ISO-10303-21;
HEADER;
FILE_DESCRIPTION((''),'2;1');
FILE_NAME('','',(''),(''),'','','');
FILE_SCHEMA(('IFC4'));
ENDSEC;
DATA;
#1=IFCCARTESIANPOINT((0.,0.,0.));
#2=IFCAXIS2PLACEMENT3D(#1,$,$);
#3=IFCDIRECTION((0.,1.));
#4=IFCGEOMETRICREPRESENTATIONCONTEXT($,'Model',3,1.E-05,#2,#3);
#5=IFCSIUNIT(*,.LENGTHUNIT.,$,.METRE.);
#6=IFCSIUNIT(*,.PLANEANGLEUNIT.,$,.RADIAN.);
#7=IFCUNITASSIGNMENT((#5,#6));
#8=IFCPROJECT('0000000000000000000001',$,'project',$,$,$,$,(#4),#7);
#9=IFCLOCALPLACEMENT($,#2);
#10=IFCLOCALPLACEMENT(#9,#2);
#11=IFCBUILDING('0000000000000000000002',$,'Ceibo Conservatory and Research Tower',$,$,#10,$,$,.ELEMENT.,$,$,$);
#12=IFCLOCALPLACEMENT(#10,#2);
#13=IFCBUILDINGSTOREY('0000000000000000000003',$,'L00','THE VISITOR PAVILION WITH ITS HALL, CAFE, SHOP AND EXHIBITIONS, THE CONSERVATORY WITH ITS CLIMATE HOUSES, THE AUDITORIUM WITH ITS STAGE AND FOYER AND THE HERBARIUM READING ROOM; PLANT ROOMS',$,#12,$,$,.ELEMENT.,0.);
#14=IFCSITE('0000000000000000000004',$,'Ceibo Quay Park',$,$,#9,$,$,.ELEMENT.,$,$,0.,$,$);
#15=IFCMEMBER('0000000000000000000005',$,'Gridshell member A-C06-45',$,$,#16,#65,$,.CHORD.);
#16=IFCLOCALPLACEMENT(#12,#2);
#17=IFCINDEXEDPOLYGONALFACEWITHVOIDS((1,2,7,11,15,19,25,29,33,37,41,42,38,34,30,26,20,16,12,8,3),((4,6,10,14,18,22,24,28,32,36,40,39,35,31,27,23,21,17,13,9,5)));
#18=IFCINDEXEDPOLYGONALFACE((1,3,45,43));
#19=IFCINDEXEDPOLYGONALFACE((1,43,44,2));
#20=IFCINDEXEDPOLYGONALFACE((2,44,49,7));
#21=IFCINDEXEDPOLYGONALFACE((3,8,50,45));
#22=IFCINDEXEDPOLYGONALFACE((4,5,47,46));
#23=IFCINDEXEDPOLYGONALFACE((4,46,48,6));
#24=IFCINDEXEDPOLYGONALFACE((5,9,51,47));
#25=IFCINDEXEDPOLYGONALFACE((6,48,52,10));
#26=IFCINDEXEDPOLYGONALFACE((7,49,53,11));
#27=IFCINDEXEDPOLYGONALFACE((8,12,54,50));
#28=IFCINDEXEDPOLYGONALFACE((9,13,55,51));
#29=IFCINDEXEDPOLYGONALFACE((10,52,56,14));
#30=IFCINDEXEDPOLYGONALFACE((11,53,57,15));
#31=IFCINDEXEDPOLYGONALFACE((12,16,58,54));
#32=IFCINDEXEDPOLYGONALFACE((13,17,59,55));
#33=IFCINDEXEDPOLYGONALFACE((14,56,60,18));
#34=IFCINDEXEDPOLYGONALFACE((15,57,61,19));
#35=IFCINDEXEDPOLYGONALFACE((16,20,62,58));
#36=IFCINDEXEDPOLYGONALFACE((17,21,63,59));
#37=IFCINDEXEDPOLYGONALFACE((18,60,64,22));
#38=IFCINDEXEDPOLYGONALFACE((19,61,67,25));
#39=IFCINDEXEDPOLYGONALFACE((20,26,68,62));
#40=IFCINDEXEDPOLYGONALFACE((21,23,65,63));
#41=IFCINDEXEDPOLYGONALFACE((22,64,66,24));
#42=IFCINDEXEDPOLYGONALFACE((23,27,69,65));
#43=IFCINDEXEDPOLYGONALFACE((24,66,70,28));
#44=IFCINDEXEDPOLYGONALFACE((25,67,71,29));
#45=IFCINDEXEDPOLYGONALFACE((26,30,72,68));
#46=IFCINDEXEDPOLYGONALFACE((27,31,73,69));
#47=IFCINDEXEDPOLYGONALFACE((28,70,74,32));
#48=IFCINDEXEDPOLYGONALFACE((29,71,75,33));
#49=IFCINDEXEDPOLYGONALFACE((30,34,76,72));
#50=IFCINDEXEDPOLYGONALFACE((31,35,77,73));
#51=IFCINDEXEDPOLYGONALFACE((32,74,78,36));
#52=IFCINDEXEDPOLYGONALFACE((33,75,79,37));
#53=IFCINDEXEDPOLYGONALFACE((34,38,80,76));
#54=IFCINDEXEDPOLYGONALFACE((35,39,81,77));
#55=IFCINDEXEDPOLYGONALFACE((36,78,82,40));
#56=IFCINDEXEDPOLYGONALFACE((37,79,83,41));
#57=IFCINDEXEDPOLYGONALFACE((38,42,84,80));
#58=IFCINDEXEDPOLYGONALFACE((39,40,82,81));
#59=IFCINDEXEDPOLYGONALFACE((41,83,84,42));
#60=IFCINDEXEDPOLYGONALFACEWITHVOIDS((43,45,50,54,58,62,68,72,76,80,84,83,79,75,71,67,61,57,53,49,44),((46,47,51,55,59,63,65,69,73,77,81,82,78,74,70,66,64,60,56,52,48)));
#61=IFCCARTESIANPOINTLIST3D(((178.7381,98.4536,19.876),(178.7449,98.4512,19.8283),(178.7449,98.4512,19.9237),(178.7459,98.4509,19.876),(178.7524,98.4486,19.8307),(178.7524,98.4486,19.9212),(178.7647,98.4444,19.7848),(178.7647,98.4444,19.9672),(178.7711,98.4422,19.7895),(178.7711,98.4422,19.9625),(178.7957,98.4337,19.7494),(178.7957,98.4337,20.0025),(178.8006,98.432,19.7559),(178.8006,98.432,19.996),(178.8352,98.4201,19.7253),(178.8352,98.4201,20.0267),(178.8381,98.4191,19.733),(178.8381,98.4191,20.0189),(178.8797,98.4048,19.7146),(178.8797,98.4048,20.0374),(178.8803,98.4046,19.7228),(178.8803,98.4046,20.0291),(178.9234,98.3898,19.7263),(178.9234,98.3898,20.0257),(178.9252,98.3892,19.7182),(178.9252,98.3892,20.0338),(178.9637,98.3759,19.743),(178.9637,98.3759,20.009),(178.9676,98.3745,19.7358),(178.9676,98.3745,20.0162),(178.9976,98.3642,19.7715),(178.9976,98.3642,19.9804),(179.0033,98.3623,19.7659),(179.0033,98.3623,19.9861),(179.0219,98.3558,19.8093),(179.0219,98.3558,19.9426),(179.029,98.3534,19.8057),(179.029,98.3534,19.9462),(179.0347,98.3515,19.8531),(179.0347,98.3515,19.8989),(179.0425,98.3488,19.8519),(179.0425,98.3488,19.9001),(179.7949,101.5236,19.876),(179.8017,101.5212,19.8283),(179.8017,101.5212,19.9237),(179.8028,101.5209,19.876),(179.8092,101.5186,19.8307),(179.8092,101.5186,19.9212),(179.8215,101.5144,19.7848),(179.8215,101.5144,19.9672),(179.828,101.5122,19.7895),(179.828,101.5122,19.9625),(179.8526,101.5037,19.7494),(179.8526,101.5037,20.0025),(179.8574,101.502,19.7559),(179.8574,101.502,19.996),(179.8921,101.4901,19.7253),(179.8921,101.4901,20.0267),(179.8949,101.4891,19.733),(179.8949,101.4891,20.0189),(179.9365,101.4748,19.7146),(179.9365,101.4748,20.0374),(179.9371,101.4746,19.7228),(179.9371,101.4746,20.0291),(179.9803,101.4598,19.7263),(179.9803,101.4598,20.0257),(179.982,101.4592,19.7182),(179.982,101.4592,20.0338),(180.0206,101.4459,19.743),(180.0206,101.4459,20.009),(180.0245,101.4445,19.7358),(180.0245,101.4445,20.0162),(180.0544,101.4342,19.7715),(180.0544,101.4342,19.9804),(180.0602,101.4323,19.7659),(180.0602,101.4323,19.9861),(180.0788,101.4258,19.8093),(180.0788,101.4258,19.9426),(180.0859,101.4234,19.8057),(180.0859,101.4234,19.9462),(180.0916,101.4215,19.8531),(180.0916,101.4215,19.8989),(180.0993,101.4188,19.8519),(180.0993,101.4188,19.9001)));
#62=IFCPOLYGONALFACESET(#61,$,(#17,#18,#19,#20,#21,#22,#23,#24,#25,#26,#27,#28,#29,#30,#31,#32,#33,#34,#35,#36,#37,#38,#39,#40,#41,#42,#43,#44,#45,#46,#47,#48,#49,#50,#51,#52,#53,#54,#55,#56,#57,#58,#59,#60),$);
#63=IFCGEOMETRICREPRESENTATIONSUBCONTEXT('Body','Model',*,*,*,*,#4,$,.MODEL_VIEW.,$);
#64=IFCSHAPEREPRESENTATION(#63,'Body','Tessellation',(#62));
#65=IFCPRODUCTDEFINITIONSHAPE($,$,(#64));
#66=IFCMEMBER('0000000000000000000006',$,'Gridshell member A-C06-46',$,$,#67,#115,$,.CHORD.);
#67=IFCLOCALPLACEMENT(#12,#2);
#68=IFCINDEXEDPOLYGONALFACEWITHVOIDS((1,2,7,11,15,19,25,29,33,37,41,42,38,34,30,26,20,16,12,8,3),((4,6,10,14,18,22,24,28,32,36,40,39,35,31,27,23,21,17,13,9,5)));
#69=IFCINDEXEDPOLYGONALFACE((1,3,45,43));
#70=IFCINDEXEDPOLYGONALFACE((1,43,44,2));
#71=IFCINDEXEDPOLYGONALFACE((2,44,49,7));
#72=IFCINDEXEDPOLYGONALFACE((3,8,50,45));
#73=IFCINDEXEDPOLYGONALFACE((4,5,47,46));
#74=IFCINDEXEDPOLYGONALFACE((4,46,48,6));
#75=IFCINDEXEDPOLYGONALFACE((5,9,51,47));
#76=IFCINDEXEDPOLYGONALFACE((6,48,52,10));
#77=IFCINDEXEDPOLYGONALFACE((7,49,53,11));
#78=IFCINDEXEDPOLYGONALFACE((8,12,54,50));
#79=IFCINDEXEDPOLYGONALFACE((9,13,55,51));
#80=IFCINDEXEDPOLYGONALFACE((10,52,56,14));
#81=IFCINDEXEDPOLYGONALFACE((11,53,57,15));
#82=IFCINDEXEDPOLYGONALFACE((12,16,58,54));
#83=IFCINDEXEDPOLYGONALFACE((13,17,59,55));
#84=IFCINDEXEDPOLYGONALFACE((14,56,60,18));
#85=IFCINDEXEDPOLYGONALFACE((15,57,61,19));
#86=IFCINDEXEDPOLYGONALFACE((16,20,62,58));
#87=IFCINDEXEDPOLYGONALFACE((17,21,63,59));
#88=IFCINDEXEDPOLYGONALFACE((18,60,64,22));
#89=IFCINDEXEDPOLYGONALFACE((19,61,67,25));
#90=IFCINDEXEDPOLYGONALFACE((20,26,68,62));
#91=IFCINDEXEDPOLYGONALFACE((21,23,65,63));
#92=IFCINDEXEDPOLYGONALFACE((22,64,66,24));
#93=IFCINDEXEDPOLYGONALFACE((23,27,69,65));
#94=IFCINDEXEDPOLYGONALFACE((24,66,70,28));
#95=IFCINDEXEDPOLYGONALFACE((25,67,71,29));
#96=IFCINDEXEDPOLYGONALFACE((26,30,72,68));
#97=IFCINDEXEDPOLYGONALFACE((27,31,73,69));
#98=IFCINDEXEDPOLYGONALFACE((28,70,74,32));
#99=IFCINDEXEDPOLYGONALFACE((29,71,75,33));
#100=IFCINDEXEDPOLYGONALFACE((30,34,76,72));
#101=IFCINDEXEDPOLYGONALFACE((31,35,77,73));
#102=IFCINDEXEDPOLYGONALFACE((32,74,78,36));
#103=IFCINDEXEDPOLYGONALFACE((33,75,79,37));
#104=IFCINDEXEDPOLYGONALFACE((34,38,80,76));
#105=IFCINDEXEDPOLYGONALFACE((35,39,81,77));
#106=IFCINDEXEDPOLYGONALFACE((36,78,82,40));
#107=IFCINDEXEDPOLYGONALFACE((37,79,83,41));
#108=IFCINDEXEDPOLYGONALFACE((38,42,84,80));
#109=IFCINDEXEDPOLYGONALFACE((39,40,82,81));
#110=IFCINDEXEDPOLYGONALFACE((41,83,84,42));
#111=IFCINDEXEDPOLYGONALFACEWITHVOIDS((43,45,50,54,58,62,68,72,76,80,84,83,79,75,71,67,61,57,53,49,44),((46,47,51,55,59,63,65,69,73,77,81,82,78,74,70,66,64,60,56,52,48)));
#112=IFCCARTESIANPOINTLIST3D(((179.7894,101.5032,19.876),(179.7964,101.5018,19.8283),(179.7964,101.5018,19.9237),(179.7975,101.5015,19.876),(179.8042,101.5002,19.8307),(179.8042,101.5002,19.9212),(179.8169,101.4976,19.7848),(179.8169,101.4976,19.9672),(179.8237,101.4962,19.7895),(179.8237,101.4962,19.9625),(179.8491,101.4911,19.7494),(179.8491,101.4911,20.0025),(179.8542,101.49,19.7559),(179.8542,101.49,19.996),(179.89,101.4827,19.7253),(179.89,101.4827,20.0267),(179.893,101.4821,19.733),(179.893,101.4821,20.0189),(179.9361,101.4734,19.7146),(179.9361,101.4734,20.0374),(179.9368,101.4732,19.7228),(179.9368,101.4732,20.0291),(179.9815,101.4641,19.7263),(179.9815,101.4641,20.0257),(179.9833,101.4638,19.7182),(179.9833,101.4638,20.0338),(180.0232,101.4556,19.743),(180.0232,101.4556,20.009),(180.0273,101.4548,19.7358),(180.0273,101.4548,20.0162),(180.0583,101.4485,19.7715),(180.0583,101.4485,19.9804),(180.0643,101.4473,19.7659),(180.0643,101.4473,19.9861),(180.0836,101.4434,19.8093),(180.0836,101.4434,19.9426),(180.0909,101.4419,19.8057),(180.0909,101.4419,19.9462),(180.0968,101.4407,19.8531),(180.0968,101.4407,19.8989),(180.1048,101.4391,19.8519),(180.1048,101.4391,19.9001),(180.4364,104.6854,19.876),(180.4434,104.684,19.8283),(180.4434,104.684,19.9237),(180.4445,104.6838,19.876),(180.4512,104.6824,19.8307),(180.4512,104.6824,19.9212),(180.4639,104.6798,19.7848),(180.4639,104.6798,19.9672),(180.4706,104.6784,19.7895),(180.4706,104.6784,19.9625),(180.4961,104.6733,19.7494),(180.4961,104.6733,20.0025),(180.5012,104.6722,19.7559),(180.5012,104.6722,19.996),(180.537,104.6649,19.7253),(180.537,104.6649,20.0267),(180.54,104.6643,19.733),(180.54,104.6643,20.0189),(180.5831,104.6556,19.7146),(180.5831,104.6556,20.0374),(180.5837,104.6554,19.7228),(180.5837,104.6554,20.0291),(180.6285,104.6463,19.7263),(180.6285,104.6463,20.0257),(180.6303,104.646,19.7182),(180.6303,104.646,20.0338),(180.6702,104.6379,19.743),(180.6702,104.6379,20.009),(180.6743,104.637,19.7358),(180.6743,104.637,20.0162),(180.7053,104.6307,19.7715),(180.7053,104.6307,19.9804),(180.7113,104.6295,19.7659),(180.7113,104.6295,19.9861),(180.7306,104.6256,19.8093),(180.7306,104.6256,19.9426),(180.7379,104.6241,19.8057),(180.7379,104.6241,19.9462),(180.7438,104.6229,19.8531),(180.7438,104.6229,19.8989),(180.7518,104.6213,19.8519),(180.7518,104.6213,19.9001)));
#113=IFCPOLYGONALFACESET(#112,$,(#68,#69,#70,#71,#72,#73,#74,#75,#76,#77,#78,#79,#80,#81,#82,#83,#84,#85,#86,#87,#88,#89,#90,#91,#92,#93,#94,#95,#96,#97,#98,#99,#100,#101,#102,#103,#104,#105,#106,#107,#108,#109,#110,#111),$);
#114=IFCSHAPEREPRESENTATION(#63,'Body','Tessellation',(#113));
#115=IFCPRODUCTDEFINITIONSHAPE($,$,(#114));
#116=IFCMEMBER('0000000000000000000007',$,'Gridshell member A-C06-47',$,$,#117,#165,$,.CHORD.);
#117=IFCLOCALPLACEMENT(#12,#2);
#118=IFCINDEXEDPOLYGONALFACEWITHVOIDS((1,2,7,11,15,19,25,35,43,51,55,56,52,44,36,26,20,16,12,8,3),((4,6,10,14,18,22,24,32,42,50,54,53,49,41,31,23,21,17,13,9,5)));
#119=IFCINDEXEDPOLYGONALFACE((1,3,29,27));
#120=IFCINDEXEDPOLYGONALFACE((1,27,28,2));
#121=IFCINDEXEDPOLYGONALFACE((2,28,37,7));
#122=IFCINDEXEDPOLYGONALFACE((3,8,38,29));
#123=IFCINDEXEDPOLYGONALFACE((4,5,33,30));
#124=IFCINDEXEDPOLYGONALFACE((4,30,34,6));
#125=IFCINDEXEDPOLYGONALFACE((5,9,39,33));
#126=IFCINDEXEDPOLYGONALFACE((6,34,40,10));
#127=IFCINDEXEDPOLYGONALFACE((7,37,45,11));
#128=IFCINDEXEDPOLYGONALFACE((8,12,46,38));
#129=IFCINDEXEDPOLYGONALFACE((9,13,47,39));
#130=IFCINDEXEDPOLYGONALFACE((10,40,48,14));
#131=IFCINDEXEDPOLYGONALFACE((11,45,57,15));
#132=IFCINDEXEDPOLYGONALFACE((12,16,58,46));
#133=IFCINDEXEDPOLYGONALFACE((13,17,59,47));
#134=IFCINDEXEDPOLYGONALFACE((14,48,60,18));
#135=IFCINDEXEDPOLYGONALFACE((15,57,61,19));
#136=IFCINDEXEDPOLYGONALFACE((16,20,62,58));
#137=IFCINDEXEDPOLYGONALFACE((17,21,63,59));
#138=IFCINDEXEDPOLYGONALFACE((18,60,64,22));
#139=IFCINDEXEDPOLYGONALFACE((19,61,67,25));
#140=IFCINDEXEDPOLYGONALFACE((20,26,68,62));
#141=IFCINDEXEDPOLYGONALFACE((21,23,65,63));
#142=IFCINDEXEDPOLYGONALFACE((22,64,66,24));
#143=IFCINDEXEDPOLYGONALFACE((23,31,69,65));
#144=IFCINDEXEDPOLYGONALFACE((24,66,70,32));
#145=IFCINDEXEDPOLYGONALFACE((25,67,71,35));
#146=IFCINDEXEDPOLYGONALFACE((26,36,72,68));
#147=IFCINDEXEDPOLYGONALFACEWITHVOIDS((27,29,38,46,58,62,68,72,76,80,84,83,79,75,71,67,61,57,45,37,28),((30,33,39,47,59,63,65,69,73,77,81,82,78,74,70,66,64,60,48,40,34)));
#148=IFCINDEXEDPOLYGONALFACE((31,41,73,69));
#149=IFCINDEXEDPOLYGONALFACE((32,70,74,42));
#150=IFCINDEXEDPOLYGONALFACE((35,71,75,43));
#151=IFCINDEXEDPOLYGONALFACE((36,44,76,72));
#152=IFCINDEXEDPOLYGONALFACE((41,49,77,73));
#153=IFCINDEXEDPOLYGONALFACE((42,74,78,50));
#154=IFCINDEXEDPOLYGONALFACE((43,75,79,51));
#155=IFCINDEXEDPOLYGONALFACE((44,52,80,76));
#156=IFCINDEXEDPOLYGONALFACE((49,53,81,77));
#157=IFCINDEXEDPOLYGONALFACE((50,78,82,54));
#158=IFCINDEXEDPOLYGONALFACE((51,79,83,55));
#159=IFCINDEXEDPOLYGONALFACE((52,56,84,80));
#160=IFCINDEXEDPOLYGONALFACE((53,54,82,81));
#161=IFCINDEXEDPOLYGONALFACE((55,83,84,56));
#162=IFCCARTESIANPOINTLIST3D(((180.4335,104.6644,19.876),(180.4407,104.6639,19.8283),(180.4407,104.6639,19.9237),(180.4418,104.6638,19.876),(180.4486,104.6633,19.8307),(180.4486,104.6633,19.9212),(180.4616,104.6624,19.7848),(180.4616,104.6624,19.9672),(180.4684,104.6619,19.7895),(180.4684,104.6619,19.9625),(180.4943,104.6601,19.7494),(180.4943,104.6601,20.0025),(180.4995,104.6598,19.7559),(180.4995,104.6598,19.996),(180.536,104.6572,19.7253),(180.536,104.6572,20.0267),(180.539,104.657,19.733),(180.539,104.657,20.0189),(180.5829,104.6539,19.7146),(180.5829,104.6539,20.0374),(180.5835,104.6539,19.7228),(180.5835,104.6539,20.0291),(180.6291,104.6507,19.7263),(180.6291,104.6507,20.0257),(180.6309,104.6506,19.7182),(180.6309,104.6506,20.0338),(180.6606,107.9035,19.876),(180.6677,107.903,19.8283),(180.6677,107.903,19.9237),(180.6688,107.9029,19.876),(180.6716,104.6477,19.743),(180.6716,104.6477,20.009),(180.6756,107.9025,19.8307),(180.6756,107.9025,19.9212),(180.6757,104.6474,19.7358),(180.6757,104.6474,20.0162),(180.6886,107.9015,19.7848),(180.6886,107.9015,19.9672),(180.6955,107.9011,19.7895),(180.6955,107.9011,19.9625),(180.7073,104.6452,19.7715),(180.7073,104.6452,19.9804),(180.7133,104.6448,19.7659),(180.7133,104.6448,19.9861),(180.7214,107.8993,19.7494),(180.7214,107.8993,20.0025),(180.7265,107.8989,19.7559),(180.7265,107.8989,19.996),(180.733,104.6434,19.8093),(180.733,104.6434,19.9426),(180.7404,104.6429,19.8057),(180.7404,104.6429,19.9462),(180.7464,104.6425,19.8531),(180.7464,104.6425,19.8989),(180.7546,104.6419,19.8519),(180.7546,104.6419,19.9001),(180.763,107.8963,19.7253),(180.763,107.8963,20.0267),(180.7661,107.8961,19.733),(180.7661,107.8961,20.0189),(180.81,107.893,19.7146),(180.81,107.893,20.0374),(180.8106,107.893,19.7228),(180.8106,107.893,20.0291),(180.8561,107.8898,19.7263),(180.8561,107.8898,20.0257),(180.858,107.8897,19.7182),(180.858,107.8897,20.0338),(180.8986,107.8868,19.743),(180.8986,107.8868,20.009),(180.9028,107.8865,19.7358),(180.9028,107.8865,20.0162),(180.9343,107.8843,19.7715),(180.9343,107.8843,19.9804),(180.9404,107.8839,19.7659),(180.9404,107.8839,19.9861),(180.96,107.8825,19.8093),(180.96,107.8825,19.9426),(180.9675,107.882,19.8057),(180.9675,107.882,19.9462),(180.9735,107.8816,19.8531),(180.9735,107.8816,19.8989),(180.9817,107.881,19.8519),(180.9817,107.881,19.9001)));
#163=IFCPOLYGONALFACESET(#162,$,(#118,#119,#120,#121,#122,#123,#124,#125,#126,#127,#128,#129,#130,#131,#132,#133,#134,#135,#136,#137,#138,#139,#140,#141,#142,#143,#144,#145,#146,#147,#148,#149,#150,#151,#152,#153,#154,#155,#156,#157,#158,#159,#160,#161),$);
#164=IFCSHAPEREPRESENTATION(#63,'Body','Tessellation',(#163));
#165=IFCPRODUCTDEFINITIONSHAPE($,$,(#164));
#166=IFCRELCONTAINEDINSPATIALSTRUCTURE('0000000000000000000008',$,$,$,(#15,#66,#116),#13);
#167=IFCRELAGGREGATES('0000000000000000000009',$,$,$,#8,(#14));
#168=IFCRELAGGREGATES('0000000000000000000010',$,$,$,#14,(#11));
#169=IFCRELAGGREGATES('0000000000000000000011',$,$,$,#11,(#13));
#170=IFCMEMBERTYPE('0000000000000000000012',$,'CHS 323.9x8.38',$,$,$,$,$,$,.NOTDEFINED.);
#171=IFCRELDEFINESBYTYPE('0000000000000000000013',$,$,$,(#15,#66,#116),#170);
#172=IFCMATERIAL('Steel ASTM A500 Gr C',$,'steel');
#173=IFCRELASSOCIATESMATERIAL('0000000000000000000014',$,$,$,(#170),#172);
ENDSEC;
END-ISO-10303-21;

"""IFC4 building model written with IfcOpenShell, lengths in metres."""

from ifc_helpers import new_model, si_unit, direction, frame, origin, origin_2d, place, context, subcontext, project, spatial, hollow_circle, extrude, material, material_profile, profile_set, type_object, element, save


model = new_model("IFC4")

# Units and contexts
model_context = context("Model", 3, precision=1e-05, world=origin(), true_north=direction((0.0, 1.0)))
body_context = subcontext(model_context, "Body", "Model", "MODEL_VIEW")
ifc_project = project(units=[si_unit("LENGTHUNIT", "METRE"), si_unit("PLANEANGLEUNIT", "RADIAN")], contexts=[model_context])

# Site, building, storey
site_placement = place(None, origin())
site = spatial("IfcSite", under=ifc_project, at=site_placement, Name="Ceibo Quay Park", CompositionType="ELEMENT", RefElevation=0.0)
building_placement = place(site_placement, origin())
building = spatial("IfcBuilding", under=site, at=building_placement, Name="Ceibo Conservatory and Research Tower", CompositionType="ELEMENT")
storey_placement = place(building_placement, origin())
storey = spatial("IfcBuildingStorey", under=building, at=storey_placement, Name="L00", Description="THE VISITOR PAVILION WITH ITS HALL, CAFE, SHOP AND EXHIBITIONS, THE CONSERVATORY WITH ITS CLIMATE HOUSES, THE AUDITORIUM WITH ITS STAGE AND FOYER AND THE HERBARIUM READING ROOM; PLANT ROOMS", CompositionType="ELEMENT", Elevation=0.0)

# Members
ifc_material_1 = material(Name="Steel ASTM A500 Gr C", Category="steel")
ifc_material_profile_1 = material_profile(ifc_material_1, hollow_circle(Radius=0.1619, WallThickness=0.0083, at=origin_2d()), Name="CHS 323.9x8.38")
ifc_profile_set_1 = profile_set([ifc_material_profile_1], Name="Steel ASTM A500 Gr C")
member_type_1 = type_object("IfcMemberType", Name="CHS 323.9x8.38", PredefinedType="NOTDEFINED", material=ifc_profile_set_1)
member_1_placement = place(storey_placement, frame((178.8911, 98.4009, 19.876), z_axis=(0.325506, 0.94554, 0.0), x_axis=(-0.94554, 0.325506, 0.0)))
element("IfcMember", 1, at=member_1_placement, inside=storey, type_object=member_type_1, Name="Gridshell member A-C06-45", PredefinedType="CHORD", context=body_context, shape_type="SweptSolid", body=[
    extrude(hollow_circle(Radius=0.1619, WallThickness=0.0083, at=origin_2d()), origin(), (0.0, 0.0, 1.0), 3.2468),
])
member_2_placement = place(storey_placement, frame((179.948, 101.4709, 19.876), z_axis=(0.199238, 0.979951, 0.0), x_axis=(-0.979951, 0.199238, 0.0)))
element("IfcMember", 2, at=member_2_placement, inside=storey, type_object=member_type_1, Name="Gridshell member A-C06-46", PredefinedType="CHORD", context=body_context, shape_type="SweptSolid", body=[
    extrude(hollow_circle(Radius=0.1619, WallThickness=0.0083, at=origin_2d()), origin(), (0.0, 0.0, 1.0), 3.2473),
])
for number, where, z_axis, x_axis, name in (
    (3, (180.595, 104.6531, 19.876), (0.069927, 0.997552, 0.0), (-0.997552, 0.069927, 0.0), "Gridshell member A-C06-47"),
):
    element("IfcMember", number, at=place(storey_placement, frame(where, z_axis=z_axis, x_axis=x_axis)), inside=storey, type_object=member_type_1, Name=name, PredefinedType="CHORD", context=body_context, shape_type="SweptSolid", body=[
        extrude(hollow_circle(Radius=0.1619, WallThickness=0.0083, at=origin_2d()), origin(), (0.0, 0.0, 1.0), 3.2471),
    ])

save(model, "model.ifc")
